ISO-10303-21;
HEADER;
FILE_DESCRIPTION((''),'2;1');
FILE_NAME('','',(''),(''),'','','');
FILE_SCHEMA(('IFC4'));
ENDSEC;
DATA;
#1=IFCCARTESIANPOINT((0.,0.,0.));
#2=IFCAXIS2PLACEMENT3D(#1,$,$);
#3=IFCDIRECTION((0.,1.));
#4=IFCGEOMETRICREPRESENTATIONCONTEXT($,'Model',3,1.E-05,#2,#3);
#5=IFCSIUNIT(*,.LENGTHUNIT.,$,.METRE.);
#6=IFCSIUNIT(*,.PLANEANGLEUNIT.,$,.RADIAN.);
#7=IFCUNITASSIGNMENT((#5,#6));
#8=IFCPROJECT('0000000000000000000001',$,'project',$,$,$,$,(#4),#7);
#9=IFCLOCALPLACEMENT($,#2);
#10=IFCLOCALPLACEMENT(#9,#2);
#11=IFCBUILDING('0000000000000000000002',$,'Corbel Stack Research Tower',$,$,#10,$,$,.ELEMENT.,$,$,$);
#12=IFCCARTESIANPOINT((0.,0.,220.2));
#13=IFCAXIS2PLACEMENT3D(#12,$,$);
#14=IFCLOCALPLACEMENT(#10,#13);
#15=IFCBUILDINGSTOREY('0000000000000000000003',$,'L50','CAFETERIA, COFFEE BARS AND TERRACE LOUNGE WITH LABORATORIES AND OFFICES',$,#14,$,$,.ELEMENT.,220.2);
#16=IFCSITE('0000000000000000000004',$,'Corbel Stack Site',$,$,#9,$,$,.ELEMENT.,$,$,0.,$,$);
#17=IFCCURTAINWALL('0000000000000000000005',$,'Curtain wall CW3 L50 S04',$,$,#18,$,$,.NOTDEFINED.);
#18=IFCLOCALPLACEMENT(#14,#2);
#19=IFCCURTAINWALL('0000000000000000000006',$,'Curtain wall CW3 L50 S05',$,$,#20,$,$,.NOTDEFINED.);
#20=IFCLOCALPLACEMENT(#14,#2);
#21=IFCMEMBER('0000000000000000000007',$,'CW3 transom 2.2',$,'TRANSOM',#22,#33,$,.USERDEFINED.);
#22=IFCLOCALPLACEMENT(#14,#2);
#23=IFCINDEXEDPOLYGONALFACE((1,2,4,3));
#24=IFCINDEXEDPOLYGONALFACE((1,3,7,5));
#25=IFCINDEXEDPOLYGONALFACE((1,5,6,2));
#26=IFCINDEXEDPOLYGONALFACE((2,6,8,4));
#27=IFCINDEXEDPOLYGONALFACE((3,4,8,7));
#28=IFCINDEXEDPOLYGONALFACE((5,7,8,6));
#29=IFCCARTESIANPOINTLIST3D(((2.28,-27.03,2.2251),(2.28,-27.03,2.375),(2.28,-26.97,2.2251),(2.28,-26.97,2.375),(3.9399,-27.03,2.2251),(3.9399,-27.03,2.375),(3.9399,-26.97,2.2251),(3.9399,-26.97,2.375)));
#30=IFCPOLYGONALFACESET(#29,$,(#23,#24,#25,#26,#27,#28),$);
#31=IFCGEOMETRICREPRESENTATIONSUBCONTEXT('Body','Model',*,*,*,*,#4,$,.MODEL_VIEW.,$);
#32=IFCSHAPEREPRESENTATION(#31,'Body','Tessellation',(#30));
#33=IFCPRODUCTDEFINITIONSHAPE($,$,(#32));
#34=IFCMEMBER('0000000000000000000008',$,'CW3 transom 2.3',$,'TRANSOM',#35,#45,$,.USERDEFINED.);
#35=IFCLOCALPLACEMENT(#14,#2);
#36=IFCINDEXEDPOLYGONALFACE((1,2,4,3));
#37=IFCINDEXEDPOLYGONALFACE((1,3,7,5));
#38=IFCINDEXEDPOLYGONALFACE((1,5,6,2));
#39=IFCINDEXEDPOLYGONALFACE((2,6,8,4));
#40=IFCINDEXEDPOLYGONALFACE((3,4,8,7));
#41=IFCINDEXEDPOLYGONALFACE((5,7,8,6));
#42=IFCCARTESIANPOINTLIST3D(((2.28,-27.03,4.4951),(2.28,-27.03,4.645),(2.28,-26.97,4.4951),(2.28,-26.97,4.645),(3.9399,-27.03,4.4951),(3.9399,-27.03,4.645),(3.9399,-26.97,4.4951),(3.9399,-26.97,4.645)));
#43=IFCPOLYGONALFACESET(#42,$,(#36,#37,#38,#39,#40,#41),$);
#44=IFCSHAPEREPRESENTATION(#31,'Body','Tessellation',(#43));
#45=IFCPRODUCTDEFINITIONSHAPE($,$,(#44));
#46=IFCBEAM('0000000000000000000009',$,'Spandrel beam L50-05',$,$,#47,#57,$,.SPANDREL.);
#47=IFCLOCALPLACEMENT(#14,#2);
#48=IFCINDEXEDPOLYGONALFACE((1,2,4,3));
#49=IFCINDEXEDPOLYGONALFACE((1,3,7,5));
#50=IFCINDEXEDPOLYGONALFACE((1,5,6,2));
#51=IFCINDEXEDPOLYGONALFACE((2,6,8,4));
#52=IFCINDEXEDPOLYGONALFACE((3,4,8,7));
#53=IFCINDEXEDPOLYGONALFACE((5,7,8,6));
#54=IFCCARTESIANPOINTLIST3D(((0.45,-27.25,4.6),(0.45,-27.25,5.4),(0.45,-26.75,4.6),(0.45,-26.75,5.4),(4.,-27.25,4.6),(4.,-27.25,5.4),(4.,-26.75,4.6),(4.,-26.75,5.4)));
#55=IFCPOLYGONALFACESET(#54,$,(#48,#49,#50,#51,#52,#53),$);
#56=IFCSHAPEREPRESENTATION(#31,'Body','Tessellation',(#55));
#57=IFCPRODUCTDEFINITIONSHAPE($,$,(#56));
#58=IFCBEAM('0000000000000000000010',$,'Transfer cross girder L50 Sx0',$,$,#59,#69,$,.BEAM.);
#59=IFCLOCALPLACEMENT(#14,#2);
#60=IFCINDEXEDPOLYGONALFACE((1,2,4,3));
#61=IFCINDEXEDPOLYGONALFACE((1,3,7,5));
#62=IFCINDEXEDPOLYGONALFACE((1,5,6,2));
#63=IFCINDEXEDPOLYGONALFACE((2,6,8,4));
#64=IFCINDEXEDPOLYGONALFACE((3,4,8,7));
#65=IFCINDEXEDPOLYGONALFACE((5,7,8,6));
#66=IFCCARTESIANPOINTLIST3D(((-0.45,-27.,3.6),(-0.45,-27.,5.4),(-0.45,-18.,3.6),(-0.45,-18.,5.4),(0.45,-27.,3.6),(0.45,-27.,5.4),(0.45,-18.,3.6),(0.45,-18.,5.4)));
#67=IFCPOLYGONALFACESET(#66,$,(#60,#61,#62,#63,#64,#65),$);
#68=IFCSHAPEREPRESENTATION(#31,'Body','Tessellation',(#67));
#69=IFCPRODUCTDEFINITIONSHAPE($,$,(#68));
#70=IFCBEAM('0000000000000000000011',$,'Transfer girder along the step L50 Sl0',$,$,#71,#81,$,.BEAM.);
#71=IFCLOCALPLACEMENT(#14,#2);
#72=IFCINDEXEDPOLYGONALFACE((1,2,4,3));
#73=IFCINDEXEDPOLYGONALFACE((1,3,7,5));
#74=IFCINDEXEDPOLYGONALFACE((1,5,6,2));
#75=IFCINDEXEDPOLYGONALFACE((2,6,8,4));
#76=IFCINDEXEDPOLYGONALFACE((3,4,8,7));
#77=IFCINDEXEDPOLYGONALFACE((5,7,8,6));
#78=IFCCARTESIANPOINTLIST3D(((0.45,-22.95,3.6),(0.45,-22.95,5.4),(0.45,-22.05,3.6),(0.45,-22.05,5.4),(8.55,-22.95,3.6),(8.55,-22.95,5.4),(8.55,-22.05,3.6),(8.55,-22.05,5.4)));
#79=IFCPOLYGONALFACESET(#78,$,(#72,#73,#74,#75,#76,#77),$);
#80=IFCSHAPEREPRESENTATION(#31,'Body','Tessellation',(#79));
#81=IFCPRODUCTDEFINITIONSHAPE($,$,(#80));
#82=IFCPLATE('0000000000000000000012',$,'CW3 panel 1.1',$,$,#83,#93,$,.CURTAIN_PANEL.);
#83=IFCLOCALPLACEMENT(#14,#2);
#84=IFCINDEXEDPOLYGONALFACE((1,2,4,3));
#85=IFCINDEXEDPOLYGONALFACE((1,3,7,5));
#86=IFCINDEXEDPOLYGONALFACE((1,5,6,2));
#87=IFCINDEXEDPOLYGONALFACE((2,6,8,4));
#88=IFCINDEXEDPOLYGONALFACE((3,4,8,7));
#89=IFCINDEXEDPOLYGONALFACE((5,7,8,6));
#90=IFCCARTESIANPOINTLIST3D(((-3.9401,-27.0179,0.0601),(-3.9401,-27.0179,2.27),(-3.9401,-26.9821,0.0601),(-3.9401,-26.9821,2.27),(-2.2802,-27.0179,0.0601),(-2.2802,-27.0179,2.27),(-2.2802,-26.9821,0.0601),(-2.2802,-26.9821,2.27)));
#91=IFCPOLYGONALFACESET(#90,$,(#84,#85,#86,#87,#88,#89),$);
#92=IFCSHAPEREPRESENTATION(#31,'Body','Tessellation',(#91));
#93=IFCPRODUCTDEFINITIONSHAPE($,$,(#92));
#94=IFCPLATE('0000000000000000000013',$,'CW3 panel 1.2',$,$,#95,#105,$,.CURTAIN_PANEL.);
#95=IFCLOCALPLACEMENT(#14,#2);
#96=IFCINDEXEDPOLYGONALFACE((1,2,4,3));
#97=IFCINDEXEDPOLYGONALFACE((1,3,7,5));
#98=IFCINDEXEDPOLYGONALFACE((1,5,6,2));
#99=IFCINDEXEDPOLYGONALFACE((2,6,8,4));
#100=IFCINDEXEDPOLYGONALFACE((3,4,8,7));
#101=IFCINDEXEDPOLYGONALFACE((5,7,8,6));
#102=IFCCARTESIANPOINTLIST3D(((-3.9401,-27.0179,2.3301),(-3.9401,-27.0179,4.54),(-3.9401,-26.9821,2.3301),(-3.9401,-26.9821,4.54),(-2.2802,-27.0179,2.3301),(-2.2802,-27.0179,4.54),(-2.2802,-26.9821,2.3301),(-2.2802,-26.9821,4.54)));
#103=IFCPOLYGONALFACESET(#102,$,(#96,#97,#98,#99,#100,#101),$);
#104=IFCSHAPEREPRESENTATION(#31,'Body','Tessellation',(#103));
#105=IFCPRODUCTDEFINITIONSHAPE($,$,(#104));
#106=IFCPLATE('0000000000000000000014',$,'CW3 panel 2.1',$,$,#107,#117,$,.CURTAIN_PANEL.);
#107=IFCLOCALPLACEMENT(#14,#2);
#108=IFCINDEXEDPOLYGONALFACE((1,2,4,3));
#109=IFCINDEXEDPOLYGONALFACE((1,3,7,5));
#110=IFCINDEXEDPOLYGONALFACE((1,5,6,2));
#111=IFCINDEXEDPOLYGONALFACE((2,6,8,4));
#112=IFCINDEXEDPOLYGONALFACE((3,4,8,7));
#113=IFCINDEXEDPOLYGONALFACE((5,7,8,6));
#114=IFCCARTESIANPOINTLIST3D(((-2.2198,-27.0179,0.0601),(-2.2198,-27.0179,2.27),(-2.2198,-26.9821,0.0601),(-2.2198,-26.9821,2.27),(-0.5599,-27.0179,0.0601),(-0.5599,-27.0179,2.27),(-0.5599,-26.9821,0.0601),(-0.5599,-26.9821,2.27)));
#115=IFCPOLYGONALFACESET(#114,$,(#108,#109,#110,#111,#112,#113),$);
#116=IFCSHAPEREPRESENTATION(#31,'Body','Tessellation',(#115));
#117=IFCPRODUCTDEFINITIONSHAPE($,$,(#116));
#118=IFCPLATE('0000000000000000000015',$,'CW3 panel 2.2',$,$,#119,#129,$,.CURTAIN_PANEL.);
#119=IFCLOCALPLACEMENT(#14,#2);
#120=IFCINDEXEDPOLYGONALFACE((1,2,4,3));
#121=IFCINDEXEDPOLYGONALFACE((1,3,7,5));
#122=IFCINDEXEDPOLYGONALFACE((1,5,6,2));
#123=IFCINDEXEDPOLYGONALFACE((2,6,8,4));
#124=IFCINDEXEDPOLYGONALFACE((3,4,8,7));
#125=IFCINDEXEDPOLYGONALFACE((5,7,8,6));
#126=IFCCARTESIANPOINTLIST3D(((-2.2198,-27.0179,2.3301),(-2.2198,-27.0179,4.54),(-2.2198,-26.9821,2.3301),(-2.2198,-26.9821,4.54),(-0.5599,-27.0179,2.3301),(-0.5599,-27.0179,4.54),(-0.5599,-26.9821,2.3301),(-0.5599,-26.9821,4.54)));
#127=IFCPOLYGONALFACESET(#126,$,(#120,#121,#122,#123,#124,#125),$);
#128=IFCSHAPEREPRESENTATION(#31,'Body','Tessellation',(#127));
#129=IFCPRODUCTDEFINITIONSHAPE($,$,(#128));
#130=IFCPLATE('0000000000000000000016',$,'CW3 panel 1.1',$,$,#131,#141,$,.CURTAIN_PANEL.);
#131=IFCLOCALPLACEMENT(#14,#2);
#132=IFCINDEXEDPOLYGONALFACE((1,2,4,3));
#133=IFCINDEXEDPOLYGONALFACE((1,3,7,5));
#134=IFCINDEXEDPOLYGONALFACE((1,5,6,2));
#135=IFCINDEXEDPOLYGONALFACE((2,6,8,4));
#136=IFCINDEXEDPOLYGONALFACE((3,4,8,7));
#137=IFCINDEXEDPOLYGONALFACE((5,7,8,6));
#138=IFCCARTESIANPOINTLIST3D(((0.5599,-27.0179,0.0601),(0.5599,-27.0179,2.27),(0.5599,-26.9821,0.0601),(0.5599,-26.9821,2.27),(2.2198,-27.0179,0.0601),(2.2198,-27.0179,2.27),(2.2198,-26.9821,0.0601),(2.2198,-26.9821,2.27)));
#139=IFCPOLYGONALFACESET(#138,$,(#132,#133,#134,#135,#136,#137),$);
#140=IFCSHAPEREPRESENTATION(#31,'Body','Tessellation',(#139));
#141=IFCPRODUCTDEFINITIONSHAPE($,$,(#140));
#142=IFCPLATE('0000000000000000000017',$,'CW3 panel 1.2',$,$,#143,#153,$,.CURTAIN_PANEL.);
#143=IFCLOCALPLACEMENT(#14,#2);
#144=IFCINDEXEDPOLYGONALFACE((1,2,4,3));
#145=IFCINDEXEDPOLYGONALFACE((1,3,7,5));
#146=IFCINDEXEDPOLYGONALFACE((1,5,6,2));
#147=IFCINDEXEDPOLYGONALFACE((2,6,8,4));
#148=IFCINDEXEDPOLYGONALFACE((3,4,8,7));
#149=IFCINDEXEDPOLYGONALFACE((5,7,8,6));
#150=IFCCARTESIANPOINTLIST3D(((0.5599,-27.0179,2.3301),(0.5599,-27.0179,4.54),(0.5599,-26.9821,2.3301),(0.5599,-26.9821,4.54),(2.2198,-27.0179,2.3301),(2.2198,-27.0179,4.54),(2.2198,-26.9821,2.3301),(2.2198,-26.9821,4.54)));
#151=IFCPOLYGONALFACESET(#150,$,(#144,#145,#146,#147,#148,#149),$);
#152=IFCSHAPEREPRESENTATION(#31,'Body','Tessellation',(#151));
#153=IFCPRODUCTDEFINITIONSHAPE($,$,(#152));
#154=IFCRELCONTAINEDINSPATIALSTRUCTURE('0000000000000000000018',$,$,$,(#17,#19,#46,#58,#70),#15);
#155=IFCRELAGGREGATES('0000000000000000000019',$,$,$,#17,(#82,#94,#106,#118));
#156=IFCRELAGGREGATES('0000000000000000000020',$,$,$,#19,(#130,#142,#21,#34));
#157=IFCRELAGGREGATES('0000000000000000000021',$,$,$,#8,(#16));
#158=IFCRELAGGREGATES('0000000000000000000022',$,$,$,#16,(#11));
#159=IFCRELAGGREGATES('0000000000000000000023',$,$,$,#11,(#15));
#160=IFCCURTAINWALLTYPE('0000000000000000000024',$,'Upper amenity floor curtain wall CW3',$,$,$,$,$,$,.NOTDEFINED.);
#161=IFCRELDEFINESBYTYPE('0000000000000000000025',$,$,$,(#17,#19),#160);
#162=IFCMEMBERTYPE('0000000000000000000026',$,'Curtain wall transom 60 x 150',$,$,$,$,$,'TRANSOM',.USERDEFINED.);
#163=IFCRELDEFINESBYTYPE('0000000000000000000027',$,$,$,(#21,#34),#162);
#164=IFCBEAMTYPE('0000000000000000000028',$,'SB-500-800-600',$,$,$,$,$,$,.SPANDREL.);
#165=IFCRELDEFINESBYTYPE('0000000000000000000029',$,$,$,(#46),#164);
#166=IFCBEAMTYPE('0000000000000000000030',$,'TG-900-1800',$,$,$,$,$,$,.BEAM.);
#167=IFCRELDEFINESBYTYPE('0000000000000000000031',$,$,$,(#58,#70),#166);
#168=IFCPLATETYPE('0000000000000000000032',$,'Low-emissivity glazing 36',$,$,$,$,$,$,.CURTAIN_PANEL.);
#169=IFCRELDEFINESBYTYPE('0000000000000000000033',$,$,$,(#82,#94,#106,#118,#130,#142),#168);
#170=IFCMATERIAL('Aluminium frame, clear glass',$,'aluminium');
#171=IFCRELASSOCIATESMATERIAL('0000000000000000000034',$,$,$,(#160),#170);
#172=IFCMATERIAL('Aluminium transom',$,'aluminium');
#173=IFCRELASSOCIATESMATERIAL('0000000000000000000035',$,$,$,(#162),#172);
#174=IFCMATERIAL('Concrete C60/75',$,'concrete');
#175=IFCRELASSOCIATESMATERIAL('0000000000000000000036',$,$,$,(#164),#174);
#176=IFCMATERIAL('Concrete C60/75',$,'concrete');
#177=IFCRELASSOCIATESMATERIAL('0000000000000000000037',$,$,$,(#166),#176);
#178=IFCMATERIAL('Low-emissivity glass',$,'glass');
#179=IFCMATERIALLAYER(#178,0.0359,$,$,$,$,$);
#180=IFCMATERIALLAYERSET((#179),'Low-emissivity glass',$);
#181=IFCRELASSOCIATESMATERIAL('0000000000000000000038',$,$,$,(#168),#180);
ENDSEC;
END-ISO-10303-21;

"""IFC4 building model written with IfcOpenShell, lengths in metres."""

from ifc_helpers import new_model, si_unit, direction, frame, origin, origin_2d, place, context, subcontext, project, spatial, rectangle, extrude, material, layer, layer_set, material_profile, profile_set, type_object, element, aggregate, save


model = new_model("IFC4")

# Units and contexts
model_context = context("Model", 3, precision=1e-05, world=origin(), true_north=direction((0.0, 1.0)))
body_context = subcontext(model_context, "Body", "Model", "MODEL_VIEW")
ifc_project = project(units=[si_unit("LENGTHUNIT", "METRE"), si_unit("PLANEANGLEUNIT", "RADIAN")], contexts=[model_context])

# Site, building, storey
site_placement = place(None, origin())
site = spatial("IfcSite", under=ifc_project, at=site_placement, Name="Corbel Stack Site", CompositionType="ELEMENT", RefElevation=0.0)
building_placement = place(site_placement, origin())
building = spatial("IfcBuilding", under=site, at=building_placement, Name="Corbel Stack Research Tower", CompositionType="ELEMENT")
storey_placement = place(building_placement, frame((0.0, 0.0, 220.2)))
storey = spatial("IfcBuildingStorey", under=building, at=storey_placement, Name="L50", Description="CAFETERIA, COFFEE BARS AND TERRACE LOUNGE WITH LABORATORIES AND OFFICES", CompositionType="ELEMENT", Elevation=220.2)

# Curtain walls
ifc_material_1 = material(Name="Aluminium frame, clear glass", Category="aluminium")
curtain_wall_type = type_object("IfcCurtainWallType", Name="Upper amenity floor curtain wall CW3", PredefinedType="NOTDEFINED", material=ifc_material_1)
curtain_wall_1_placement = place(storey_placement, origin())
curtain_wall_1 = element("IfcCurtainWall", 1, at=curtain_wall_1_placement, inside=storey, type_object=curtain_wall_type, Name="Curtain wall CW3 L50 S04", PredefinedType="NOTDEFINED")
curtain_wall_2_placement = place(storey_placement, origin())
curtain_wall_2 = element("IfcCurtainWall", 2, at=curtain_wall_2_placement, inside=storey, type_object=curtain_wall_type, Name="Curtain wall CW3 L50 S05", PredefinedType="NOTDEFINED")

# Members
ifc_material_2 = material(Name="Aluminium transom", Category="aluminium")
ifc_material_profile_1 = material_profile(ifc_material_2, rectangle(XDim=0.0601, YDim=0.1499, at=origin_2d()), Name="Transom 60 x 150")
ifc_profile_set_1 = profile_set([ifc_material_profile_1], Name="Aluminium transom")
member_type_1 = type_object("IfcMemberType", Name="Curtain wall transom 60 x 150", ElementType="TRANSOM", PredefinedType="USERDEFINED", material=ifc_profile_set_1)
member_1_placement = place(storey_placement, frame((2.28, -27.0, 2.3), z_axis=(1.0, 0.0, 0.0), x_axis=(0.0, 1.0, 0.0)))
member_1 = element("IfcMember", 3, at=member_1_placement, type_object=member_type_1, Name="CW3 transom 2.2", ObjectType="TRANSOM", PredefinedType="USERDEFINED", context=body_context, shape_type="SweptSolid", body=[
    extrude(rectangle(XDim=0.0601, YDim=0.1499, at=origin_2d()), origin(), (0.0, 0.0, 1.0), 1.6599),
])
member_2_placement = place(storey_placement, frame((2.28, -27.0, 4.5701), z_axis=(1.0, 0.0, 0.0), x_axis=(0.0, 1.0, 0.0)))
member_2 = element("IfcMember", 4, at=member_2_placement, type_object=member_type_1, Name="CW3 transom 2.3", ObjectType="TRANSOM", PredefinedType="USERDEFINED", context=body_context, shape_type="SweptSolid", body=[
    extrude(rectangle(XDim=0.0601, YDim=0.1499, at=origin_2d()), origin(), (0.0, 0.0, 1.0), 1.6599),
])

# Beams
ifc_material_3 = material(Name="Concrete C60/75", Category="concrete")
ifc_material_profile_2 = material_profile(ifc_material_3, rectangle(XDim=0.5, YDim=0.8, at=origin_2d()), Name="RC 500 x 800")
ifc_profile_set_2 = profile_set([ifc_material_profile_2], Name="Concrete C60/75")
beam_type_1 = type_object("IfcBeamType", Name="SB-500-800-600", PredefinedType="SPANDREL", material=ifc_profile_set_2)
beam_1_placement = place(storey_placement, frame((0.45, -27.0, 5.0), z_axis=(1.0, 0.0, 0.0), x_axis=(0.0, 1.0, 0.0)))
element("IfcBeam", 5, at=beam_1_placement, inside=storey, type_object=beam_type_1, Name="Spandrel beam L50-05", PredefinedType="SPANDREL", context=body_context, shape_type="SweptSolid", body=[
    extrude(rectangle(XDim=0.5, YDim=0.8, at=origin_2d()), origin(), (0.0, 0.0, 1.0), 3.55),
])
ifc_material_4 = material(Name="Concrete C60/75", Category="concrete")
ifc_material_profile_3 = material_profile(ifc_material_4, rectangle(XDim=0.8999, YDim=1.8, at=origin_2d()), Name="RC 900 x 1800")
ifc_profile_set_3 = profile_set([ifc_material_profile_3], Name="Concrete C60/75")
beam_type_2 = type_object("IfcBeamType", Name="TG-900-1800", PredefinedType="BEAM", material=ifc_profile_set_3)
beam_2_placement = place(storey_placement, frame((0.0, -27.0, 4.5), z_axis=(0.0, 1.0, 0.0), x_axis=(-1.0, 0.0, 0.0)))
element("IfcBeam", 6, at=beam_2_placement, inside=storey, type_object=beam_type_2, Name="Transfer cross girder L50 Sx0", PredefinedType="BEAM", context=body_context, shape_type="SweptSolid", body=[
    extrude(rectangle(XDim=0.8999, YDim=1.8, at=origin_2d()), origin(), (0.0, 0.0, 1.0), 9.0),
])
beam_3_placement = place(storey_placement, frame((0.45, -22.5, 4.5), z_axis=(1.0, 0.0, 0.0), x_axis=(0.0, 1.0, 0.0)))
element("IfcBeam", 7, at=beam_3_placement, inside=storey, type_object=beam_type_2, Name="Transfer girder along the step L50 Sl0", PredefinedType="BEAM", context=body_context, shape_type="SweptSolid", body=[
    extrude(rectangle(XDim=0.8999, YDim=1.8, at=origin_2d()), origin(), (0.0, 0.0, 1.0), 8.1001),
])

# Plates
ifc_material_5 = material(Name="Low-emissivity glass", Category="glass")
ifc_layer = layer(ifc_material_5, 0.0359)
ifc_layer_set = layer_set([ifc_layer], Name="Low-emissivity glass")
plate_type = type_object("IfcPlateType", Name="Low-emissivity glazing 36", PredefinedType="CURTAIN_PANEL", material=ifc_layer_set)
plate_1_placement = place(storey_placement, frame((-3.1101, -27.0, 0.0601), z_axis=(0.0, 0.0, 1.0), x_axis=(1.0, 0.0, 0.0)))
plate_1 = element("IfcPlate", 8, at=plate_1_placement, type_object=plate_type, Name="CW3 panel 1.1", PredefinedType="CURTAIN_PANEL", context=body_context, shape_type="SweptSolid", body=[
    extrude(rectangle(XDim=1.6599, YDim=0.0359, at=origin_2d()), origin(), (0.0, 0.0, 1.0), 2.21),
])
plate_2_placement = place(storey_placement, frame((-3.1101, -27.0, 2.3301), z_axis=(0.0, 0.0, 1.0), x_axis=(1.0, 0.0, 0.0)))
plate_2 = element("IfcPlate", 9, at=plate_2_placement, type_object=plate_type, Name="CW3 panel 1.2", PredefinedType="CURTAIN_PANEL", context=body_context, shape_type="SweptSolid", body=[
    extrude(rectangle(XDim=1.6599, YDim=0.0359, at=origin_2d()), origin(), (0.0, 0.0, 1.0), 2.21),
])
plate_3_placement = place(storey_placement, frame((-1.3899, -27.0, 0.0601), z_axis=(0.0, 0.0, 1.0), x_axis=(1.0, 0.0, 0.0)))
plate_3 = element("IfcPlate", 10, at=plate_3_placement, type_object=plate_type, Name="CW3 panel 2.1", PredefinedType="CURTAIN_PANEL", context=body_context, shape_type="SweptSolid", body=[
    extrude(rectangle(XDim=1.6599, YDim=0.0359, at=origin_2d()), origin(), (0.0, 0.0, 1.0), 2.21),
])
plate_4_placement = place(storey_placement, frame((-1.3899, -27.0, 2.3301), z_axis=(0.0, 0.0, 1.0), x_axis=(1.0, 0.0, 0.0)))
plate_4 = element("IfcPlate", 11, at=plate_4_placement, type_object=plate_type, Name="CW3 panel 2.2", PredefinedType="CURTAIN_PANEL", context=body_context, shape_type="SweptSolid", body=[
    extrude(rectangle(XDim=1.6599, YDim=0.0359, at=origin_2d()), origin(), (0.0, 0.0, 1.0), 2.21),
])
aggregate(curtain_wall_1, [plate_1, plate_2, plate_3, plate_4])
plate_5_placement = place(storey_placement, frame((1.3899, -27.0, 0.0601), z_axis=(0.0, 0.0, 1.0), x_axis=(1.0, 0.0, 0.0)))
plate_5 = element("IfcPlate", 12, at=plate_5_placement, type_object=plate_type, Name="CW3 panel 1.1", PredefinedType="CURTAIN_PANEL", context=body_context, shape_type="SweptSolid", body=[
    extrude(rectangle(XDim=1.6599, YDim=0.0359, at=origin_2d()), origin(), (0.0, 0.0, 1.0), 2.21),
])
plate_6_placement = place(storey_placement, frame((1.3899, -27.0, 2.3301), z_axis=(0.0, 0.0, 1.0), x_axis=(1.0, 0.0, 0.0)))
plate_6 = element("IfcPlate", 13, at=plate_6_placement, type_object=plate_type, Name="CW3 panel 1.2", PredefinedType="CURTAIN_PANEL", context=body_context, shape_type="SweptSolid", body=[
    extrude(rectangle(XDim=1.6599, YDim=0.0359, at=origin_2d()), origin(), (0.0, 0.0, 1.0), 2.21),
])
aggregate(curtain_wall_2, [plate_5, plate_6, member_1, member_2])

save(model, "model.ifc")
